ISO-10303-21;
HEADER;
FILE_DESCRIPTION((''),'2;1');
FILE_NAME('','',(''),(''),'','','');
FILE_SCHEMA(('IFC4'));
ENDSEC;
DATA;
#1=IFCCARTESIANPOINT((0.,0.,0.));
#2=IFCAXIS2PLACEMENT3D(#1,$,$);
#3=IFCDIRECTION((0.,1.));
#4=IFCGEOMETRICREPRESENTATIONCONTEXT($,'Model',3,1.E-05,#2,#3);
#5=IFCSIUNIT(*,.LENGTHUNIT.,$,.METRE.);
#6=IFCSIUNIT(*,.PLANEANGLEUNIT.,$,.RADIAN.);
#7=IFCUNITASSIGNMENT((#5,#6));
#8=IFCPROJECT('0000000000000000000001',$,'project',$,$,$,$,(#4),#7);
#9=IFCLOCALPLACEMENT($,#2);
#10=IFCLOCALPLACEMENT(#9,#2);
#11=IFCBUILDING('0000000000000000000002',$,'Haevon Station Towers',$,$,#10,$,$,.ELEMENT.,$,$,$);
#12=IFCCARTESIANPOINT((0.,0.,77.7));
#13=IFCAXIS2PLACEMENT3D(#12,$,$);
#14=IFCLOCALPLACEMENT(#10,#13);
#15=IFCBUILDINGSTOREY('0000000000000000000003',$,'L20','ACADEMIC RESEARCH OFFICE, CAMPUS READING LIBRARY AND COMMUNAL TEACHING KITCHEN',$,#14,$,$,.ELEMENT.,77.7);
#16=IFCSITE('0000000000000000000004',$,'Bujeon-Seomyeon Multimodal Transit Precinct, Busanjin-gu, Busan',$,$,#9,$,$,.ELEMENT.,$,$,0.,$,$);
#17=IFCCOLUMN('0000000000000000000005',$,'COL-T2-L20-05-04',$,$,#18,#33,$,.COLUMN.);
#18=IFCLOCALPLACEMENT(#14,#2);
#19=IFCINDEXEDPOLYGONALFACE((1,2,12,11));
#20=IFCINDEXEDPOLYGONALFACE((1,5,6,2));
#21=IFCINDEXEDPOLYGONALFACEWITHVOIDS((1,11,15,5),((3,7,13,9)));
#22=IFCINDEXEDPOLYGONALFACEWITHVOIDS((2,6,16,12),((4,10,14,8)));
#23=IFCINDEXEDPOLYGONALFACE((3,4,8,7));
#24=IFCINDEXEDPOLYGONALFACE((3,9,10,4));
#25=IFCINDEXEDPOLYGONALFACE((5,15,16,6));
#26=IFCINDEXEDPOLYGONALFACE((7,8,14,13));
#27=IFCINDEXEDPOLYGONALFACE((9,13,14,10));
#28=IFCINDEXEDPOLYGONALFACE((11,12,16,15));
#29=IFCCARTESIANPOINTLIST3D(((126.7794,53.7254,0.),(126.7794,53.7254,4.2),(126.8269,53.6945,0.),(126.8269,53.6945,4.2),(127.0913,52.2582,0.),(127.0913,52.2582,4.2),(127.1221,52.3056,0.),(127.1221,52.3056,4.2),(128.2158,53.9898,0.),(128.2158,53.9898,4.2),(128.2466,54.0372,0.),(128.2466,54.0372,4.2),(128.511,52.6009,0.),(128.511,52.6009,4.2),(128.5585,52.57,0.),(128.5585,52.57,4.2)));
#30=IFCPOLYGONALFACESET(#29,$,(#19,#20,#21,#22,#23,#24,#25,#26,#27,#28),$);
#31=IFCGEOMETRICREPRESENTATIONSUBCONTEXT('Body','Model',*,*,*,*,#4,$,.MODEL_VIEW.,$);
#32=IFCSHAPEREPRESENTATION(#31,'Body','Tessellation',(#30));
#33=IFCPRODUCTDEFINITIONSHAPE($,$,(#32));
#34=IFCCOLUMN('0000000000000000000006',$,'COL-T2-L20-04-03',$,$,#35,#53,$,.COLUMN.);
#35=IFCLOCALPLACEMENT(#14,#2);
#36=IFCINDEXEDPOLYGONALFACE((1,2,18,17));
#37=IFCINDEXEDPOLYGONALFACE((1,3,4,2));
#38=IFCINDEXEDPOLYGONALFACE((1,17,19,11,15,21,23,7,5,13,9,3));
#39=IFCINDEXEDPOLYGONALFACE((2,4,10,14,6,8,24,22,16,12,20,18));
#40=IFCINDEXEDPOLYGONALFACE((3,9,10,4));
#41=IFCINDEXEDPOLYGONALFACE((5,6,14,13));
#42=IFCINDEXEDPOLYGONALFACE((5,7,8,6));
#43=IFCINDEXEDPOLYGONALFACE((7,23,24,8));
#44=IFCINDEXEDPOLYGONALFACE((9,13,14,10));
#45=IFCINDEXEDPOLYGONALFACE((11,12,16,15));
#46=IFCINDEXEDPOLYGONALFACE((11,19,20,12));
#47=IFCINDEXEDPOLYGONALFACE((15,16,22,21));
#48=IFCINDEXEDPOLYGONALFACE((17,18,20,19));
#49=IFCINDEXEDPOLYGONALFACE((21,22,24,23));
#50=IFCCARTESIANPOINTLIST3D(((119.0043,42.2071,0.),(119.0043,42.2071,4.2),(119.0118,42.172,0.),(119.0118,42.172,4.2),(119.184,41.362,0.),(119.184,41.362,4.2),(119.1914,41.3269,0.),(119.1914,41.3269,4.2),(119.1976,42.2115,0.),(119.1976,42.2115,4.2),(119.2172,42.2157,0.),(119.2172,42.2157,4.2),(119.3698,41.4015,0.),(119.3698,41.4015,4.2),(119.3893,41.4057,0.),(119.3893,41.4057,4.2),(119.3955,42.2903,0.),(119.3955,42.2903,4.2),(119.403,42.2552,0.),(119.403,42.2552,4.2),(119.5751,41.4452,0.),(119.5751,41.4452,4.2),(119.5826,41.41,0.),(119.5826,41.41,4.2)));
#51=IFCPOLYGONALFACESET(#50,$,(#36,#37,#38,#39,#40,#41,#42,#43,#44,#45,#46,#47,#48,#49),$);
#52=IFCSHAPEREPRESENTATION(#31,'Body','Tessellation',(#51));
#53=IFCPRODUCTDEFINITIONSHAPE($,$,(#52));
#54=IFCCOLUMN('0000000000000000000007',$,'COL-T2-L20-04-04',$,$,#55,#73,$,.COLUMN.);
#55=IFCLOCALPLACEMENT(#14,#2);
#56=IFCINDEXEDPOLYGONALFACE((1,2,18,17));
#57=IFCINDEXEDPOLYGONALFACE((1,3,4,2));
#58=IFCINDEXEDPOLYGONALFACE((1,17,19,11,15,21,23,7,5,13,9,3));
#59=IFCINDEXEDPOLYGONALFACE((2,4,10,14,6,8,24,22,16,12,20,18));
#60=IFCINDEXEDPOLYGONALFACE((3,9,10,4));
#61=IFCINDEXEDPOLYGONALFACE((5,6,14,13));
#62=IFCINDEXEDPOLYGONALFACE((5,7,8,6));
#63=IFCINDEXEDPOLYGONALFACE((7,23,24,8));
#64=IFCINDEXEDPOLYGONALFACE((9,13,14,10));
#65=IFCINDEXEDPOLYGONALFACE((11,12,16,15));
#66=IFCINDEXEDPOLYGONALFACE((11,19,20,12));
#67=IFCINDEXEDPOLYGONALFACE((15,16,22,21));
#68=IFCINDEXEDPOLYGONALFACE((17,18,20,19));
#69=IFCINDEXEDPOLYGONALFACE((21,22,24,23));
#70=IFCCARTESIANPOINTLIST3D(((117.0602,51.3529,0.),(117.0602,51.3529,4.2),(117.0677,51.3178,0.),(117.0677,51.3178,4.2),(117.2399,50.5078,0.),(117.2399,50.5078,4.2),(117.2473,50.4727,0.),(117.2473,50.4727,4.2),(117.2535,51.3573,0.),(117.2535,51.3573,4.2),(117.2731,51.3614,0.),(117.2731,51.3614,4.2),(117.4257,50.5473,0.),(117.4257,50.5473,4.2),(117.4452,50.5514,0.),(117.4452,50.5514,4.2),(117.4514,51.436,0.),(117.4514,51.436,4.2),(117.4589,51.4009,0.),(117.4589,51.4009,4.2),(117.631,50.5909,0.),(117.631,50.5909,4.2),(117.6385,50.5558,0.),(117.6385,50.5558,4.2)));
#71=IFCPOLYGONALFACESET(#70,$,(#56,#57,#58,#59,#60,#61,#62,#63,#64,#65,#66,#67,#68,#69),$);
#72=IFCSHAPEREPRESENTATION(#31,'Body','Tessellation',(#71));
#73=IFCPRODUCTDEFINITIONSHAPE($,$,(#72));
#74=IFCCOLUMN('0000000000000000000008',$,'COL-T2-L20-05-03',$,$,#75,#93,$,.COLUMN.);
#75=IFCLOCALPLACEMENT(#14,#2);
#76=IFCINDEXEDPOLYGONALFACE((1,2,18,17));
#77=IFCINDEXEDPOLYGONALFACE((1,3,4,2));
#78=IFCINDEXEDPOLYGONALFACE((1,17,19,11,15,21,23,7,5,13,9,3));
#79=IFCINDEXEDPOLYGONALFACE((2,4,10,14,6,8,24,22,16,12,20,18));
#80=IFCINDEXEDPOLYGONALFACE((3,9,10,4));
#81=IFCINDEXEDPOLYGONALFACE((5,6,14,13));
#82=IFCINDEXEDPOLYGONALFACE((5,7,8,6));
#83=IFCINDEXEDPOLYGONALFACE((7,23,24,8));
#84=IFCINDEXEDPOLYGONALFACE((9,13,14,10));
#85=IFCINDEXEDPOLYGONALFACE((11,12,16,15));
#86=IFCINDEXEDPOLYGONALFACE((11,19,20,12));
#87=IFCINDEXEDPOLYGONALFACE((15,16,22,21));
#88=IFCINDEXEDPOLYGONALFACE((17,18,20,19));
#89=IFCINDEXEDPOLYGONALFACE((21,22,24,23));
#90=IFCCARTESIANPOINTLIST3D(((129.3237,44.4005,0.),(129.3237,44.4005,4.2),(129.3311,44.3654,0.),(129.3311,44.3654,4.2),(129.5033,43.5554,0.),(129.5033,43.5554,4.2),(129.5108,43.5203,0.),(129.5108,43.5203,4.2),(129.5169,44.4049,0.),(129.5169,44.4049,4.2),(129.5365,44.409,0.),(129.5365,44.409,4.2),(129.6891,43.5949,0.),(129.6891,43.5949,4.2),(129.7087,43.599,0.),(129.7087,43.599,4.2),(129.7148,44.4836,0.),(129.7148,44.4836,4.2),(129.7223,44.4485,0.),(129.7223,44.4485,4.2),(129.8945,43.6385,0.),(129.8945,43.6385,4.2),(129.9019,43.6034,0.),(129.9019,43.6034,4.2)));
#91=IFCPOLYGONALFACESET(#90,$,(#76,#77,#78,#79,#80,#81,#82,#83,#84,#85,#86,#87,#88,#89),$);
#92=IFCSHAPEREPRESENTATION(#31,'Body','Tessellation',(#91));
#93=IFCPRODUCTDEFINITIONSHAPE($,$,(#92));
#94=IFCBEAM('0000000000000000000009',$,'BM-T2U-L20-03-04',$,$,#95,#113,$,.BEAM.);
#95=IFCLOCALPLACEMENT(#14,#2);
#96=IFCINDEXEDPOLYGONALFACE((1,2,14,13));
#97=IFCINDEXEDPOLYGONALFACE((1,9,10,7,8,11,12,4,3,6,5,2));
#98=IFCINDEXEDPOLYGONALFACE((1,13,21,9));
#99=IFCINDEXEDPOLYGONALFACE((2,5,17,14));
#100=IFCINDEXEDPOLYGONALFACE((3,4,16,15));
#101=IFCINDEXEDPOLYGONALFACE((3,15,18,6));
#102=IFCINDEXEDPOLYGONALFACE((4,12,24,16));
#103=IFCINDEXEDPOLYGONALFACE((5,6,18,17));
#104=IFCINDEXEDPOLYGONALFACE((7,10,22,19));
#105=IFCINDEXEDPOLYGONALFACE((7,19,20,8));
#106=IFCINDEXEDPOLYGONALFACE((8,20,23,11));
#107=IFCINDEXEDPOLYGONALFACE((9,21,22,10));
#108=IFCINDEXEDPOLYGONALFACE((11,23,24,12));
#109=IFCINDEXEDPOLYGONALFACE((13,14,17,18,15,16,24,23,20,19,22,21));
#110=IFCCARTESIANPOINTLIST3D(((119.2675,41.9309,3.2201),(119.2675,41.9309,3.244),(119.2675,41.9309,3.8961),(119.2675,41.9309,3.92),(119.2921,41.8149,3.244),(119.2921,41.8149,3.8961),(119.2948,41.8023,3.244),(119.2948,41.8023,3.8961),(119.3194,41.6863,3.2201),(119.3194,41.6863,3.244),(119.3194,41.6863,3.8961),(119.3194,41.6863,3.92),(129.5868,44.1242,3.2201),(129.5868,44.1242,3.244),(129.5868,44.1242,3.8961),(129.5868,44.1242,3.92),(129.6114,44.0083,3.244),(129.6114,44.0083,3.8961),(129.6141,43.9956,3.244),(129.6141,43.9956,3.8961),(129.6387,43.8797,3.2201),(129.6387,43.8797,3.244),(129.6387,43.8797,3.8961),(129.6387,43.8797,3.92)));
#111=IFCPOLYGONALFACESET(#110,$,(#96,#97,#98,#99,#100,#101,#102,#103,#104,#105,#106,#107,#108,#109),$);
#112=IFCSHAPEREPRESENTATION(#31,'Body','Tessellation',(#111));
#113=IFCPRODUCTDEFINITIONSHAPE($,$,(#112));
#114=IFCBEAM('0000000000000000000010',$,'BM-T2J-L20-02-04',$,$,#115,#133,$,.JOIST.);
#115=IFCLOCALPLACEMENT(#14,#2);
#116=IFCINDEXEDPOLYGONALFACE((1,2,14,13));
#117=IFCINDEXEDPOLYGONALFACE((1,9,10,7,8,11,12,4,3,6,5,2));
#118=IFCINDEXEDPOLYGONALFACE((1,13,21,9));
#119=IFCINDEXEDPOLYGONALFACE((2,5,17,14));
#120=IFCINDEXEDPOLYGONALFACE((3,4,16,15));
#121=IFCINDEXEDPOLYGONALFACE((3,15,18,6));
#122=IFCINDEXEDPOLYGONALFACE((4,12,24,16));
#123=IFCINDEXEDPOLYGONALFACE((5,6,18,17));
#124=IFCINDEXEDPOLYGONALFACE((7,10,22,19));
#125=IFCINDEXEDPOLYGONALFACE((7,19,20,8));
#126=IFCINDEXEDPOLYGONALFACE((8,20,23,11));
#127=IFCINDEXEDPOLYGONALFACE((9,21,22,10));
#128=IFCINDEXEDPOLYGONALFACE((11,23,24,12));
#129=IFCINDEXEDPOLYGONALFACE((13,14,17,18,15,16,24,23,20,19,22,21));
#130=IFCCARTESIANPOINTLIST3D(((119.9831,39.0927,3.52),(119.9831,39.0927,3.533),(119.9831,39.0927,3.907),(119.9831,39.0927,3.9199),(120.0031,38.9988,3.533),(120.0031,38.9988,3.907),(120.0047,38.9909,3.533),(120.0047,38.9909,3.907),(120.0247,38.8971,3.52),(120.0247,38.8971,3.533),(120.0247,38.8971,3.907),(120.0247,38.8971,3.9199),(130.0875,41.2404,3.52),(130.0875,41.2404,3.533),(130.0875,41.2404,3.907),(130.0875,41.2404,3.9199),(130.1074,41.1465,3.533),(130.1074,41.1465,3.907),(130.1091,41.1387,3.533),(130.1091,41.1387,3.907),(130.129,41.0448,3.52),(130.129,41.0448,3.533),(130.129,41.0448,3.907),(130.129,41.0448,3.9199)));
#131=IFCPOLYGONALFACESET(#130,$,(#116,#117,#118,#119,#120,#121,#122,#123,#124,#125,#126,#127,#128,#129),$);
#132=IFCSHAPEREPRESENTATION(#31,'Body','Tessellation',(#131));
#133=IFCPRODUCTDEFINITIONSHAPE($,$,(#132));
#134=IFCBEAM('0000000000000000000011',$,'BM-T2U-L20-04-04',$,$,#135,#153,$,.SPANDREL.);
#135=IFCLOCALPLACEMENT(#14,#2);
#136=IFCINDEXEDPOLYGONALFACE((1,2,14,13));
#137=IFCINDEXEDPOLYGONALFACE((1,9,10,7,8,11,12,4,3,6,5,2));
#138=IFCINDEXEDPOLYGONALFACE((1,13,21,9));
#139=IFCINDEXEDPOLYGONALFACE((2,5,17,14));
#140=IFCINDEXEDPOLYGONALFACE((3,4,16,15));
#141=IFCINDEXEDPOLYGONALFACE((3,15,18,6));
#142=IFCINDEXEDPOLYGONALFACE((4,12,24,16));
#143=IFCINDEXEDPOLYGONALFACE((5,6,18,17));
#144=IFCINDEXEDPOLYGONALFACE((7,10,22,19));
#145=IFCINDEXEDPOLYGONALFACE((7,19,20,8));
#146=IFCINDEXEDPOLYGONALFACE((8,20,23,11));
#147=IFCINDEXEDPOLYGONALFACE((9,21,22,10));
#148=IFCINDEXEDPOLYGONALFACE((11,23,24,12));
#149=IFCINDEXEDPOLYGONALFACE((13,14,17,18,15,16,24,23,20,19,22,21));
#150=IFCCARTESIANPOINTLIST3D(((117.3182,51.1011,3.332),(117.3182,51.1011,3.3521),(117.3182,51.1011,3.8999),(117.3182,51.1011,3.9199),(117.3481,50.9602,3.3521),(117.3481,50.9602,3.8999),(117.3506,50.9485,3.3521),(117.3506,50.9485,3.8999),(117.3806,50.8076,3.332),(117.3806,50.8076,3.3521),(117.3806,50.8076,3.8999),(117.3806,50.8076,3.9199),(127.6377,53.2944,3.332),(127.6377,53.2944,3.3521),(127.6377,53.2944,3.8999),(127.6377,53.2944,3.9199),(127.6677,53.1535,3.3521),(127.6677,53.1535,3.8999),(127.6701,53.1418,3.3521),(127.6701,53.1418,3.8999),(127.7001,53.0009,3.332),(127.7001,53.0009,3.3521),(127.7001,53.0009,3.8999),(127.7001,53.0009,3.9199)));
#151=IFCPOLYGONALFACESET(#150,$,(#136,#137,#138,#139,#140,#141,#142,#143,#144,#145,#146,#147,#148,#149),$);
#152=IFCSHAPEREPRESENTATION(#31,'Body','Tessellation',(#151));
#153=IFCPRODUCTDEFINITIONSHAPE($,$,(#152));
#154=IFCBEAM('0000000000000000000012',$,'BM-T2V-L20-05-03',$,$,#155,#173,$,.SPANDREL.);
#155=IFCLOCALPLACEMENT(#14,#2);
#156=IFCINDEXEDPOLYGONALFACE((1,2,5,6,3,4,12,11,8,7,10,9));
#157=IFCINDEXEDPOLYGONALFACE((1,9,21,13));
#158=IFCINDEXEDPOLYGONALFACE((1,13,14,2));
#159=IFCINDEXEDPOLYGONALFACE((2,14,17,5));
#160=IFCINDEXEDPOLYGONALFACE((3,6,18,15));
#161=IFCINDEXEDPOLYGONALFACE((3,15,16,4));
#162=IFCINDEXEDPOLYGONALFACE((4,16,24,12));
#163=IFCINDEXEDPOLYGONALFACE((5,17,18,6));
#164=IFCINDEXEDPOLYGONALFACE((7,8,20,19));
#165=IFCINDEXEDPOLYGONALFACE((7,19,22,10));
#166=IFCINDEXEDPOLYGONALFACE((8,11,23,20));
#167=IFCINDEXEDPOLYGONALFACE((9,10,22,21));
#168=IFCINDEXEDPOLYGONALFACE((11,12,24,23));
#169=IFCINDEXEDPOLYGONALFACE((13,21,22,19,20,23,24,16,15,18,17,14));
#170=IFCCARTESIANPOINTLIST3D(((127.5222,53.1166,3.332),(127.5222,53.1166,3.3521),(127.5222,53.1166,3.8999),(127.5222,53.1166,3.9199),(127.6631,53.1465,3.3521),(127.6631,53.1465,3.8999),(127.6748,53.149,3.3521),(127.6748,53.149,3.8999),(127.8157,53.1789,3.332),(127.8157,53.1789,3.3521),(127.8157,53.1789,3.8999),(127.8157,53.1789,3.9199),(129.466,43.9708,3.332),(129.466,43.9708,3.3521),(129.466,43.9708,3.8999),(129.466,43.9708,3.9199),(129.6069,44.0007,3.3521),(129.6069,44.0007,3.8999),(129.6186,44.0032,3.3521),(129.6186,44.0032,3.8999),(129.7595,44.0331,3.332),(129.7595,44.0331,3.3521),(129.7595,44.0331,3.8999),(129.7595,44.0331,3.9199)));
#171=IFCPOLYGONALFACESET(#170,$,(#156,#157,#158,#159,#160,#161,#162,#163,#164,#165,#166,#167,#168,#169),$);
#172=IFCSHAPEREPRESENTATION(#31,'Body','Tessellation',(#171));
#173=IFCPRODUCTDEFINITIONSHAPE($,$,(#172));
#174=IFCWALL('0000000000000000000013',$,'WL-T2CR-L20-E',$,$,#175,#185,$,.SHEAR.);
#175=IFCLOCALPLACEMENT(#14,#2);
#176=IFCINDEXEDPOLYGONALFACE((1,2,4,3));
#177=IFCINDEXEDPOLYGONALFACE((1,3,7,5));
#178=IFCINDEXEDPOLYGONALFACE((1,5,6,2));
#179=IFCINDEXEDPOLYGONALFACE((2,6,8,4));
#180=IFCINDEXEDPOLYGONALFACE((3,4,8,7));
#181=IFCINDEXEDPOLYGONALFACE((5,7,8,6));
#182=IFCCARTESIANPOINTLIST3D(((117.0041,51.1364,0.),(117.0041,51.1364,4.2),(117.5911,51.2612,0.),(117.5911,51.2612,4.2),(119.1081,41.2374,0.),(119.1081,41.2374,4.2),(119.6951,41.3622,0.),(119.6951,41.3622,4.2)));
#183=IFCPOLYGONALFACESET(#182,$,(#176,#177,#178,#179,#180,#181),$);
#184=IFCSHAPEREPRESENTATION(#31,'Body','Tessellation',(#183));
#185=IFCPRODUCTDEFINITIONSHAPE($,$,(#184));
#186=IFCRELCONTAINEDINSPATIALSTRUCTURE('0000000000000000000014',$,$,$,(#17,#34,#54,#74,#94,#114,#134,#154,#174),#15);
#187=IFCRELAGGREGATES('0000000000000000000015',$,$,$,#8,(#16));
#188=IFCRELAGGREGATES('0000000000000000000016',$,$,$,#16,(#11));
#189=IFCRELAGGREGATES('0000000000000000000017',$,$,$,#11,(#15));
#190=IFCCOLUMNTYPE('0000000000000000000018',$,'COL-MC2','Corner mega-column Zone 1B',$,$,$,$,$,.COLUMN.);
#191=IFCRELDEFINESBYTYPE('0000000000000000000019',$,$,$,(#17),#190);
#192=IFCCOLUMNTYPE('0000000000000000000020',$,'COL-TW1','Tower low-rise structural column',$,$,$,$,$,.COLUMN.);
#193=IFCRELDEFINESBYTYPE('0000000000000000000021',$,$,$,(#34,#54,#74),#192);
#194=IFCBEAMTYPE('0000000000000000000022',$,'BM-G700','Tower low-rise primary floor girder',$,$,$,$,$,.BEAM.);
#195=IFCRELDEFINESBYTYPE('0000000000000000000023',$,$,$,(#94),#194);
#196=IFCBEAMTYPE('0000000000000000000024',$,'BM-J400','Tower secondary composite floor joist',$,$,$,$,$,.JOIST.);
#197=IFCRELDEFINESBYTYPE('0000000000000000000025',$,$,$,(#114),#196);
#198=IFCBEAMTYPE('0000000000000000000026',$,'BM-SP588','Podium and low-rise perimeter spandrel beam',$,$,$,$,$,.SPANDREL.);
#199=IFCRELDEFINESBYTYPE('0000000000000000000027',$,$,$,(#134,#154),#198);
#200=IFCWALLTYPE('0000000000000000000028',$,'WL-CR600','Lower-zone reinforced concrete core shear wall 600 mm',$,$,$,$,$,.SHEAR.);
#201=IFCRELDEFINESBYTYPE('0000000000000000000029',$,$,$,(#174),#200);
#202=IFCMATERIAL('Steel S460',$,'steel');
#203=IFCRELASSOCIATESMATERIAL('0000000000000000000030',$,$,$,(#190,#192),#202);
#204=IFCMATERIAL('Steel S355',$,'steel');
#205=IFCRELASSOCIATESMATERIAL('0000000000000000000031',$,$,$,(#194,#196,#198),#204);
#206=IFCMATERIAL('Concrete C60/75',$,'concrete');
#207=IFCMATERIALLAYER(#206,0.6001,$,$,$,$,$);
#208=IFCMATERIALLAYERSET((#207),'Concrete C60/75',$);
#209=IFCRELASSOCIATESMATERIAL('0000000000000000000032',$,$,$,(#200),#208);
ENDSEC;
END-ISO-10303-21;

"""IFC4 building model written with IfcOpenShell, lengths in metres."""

from ifc_helpers import new_model, si_unit, direction, frame, frame_2d, origin, origin_2d, place, context, subcontext, project, spatial, rectangle, hollow_rectangle, i_section, extrude, material, layer, layer_set, material_profile, profile_set, type_object, element, save


model = new_model("IFC4")

# Units and contexts
model_context = context("Model", 3, precision=1e-05, world=origin(), true_north=direction((0.0, 1.0)))
body_context = subcontext(model_context, "Body", "Model", "MODEL_VIEW")
ifc_project = project(units=[si_unit("LENGTHUNIT", "METRE"), si_unit("PLANEANGLEUNIT", "RADIAN")], contexts=[model_context])

# Site, building, storey
site_placement = place(None, origin())
site = spatial("IfcSite", under=ifc_project, at=site_placement, Name="Bujeon-Seomyeon Multimodal Transit Precinct, Busanjin-gu, Busan", CompositionType="ELEMENT", RefElevation=0.0)
building_placement = place(site_placement, origin())
building = spatial("IfcBuilding", under=site, at=building_placement, Name="Haevon Station Towers", CompositionType="ELEMENT")
storey_placement = place(building_placement, frame((0.0, 0.0, 77.7)))
storey = spatial("IfcBuildingStorey", under=building, at=storey_placement, Name="L20", Description="ACADEMIC RESEARCH OFFICE, CAMPUS READING LIBRARY AND COMMUNAL TEACHING KITCHEN", CompositionType="ELEMENT", Elevation=77.7)

# Columns
ifc_material_1 = material(Name="Steel S460", Category="steel")
ifc_material_profile_1 = material_profile(ifc_material_1, hollow_rectangle(XDim=1.5, YDim=1.5, WallThickness=0.04, at=origin_2d()), Name="BOX-1500x1500x40")
ifc_profile_set_1 = profile_set([ifc_material_profile_1], Name="Steel S460")
column_type_1 = type_object("IfcColumnType", Name="COL-MC2", Description="Corner mega-column Zone 1B", PredefinedType="COLUMN", material=ifc_profile_set_1)
column_placement = place(storey_placement, frame((127.6689, 53.1477, 0.0), z_axis=(0.0, 0.0, 1.0), x_axis=(0.978148, 0.207912, 0.0)))
element("IfcColumn", 1, at=column_placement, inside=storey, type_object=column_type_1, Name="COL-T2-L20-05-04", PredefinedType="COLUMN", context=body_context, shape_type="SweptSolid", body=[
    extrude(hollow_rectangle(XDim=1.5, YDim=1.5, WallThickness=0.04, at=origin_2d()), origin(), (0.0, 0.0, 1.0), 4.2),
])
ifc_material_profile_2 = material_profile(ifc_material_1, i_section(OverallWidth=0.3999, OverallDepth=0.8999, WebThickness=0.02, FlangeThickness=0.0359, at=origin_2d()), Name="H-900x400x20x36")
ifc_profile_set_2 = profile_set([ifc_material_profile_2], Name="Steel S460")
column_type_2 = type_object("IfcColumnType", Name="COL-TW1", Description="Tower low-rise structural column", PredefinedType="COLUMN", material=ifc_profile_set_2)
for number, where, z_axis, x_axis, name in (
    (2, (119.2935, 41.8086, 0.0), (0.0, 0.0, 1.0), (0.978148, 0.207912, 0.0), "COL-T2-L20-04-03"),
    (3, (117.3494, 50.9543, 0.0), (0.0, 0.0, 1.0), (0.978148, 0.207912, 0.0), "COL-T2-L20-04-04"),
    (4, (129.6128, 44.002, 0.0), (0.0, 0.0, 1.0), (0.978148, 0.207912, 0.0), "COL-T2-L20-05-03"),
):
    element("IfcColumn", number, at=place(storey_placement, frame(where, z_axis=z_axis, x_axis=x_axis)), inside=storey, type_object=column_type_2, Name=name, PredefinedType="COLUMN", context=body_context, shape_type="SweptSolid", body=[
        extrude(i_section(OverallWidth=0.3999, OverallDepth=0.8999, WebThickness=0.02, FlangeThickness=0.0359, at=origin_2d()), origin(), (0.0, 0.0, 1.0), 4.2),
    ])

# Beams
ifc_material_2 = material(Name="Steel S355", Category="steel")
ifc_material_profile_3 = material_profile(ifc_material_2, i_section(OverallWidth=0.25, OverallDepth=0.7, WebThickness=0.0129, FlangeThickness=0.0239, at=origin_2d()), Name="H-700x250x13x24")
ifc_profile_set_3 = profile_set([ifc_material_profile_3], Name="Steel S355")
beam_type_1 = type_object("IfcBeamType", Name="BM-G700", Description="Tower low-rise primary floor girder", PredefinedType="BEAM", material=ifc_profile_set_3)
beam_1_placement = place(storey_placement, frame((119.2935, 41.8086, 3.5701), z_axis=(0.978149, 0.207904, 0.0), x_axis=(-0.207904, 0.978149, 0.0)))
element("IfcBeam", 5, at=beam_1_placement, inside=storey, type_object=beam_type_1, Name="BM-T2U-L20-03-04", PredefinedType="BEAM", context=body_context, shape_type="SweptSolid", body=[
    extrude(i_section(OverallWidth=0.25, OverallDepth=0.7, WebThickness=0.0129, FlangeThickness=0.0239, at=origin_2d()), origin(), (0.0, 0.0, 1.0), 10.5498),
])
ifc_material_profile_4 = material_profile(ifc_material_2, i_section(OverallWidth=0.2, OverallDepth=0.3999, WebThickness=0.0081, FlangeThickness=0.0129, at=origin_2d()), Name="H-400x200x8x13")
ifc_profile_set_4 = profile_set([ifc_material_profile_4], Name="Steel S355")
beam_type_2 = type_object("IfcBeamType", Name="BM-J400", Description="Tower secondary composite floor joist", PredefinedType="JOIST", material=ifc_profile_set_4)
beam_2_placement = place(storey_placement, frame((120.0039, 38.9949, 3.72), z_axis=(0.978148, 0.20791, 0.0), x_axis=(-0.20791, 0.978148, 0.0)))
element("IfcBeam", 6, at=beam_2_placement, inside=storey, type_object=beam_type_2, Name="BM-T2J-L20-02-04", PredefinedType="JOIST", context=body_context, shape_type="SweptSolid", body=[
    extrude(i_section(OverallWidth=0.2, OverallDepth=0.3999, WebThickness=0.0081, FlangeThickness=0.0129, at=origin_2d()), origin(), (0.0, 0.0, 1.0), 10.3301),
])
ifc_material_profile_5 = material_profile(ifc_material_2, i_section(OverallWidth=0.3, OverallDepth=0.5879, WebThickness=0.012, FlangeThickness=0.02, at=origin_2d()), Name="H-588x300x12x20")
ifc_profile_set_5 = profile_set([ifc_material_profile_5], Name="Steel S355")
beam_type_3 = type_object("IfcBeamType", Name="BM-SP588", Description="Podium and low-rise perimeter spandrel beam", PredefinedType="SPANDREL", material=ifc_profile_set_5)
beam_3_placement = place(storey_placement, frame((117.3494, 50.9543, 3.626), z_axis=(0.97815, 0.207899, 0.0), x_axis=(-0.207899, 0.97815, 0.0)))
element("IfcBeam", 7, at=beam_3_placement, inside=storey, type_object=beam_type_3, Name="BM-T2U-L20-04-04", PredefinedType="SPANDREL", context=body_context, shape_type="SweptSolid", body=[
    extrude(i_section(OverallWidth=0.3, OverallDepth=0.5879, WebThickness=0.012, FlangeThickness=0.02, at=origin_2d()), origin(), (0.0, 0.0, 1.0), 10.55),
])
beam_4_placement = place(storey_placement, frame((129.6128, 44.002, 3.626), z_axis=(-0.207897, 0.978151, 0.0), x_axis=(-0.978151, -0.207897, 0.0)))
element("IfcBeam", 8, at=beam_4_placement, inside=storey, type_object=beam_type_3, Name="BM-T2V-L20-05-03", PredefinedType="SPANDREL", context=body_context, shape_type="SweptSolid", body=[
    extrude(i_section(OverallWidth=0.3, OverallDepth=0.5879, WebThickness=0.012, FlangeThickness=0.02, at=origin_2d()), origin(), (0.0, 0.0, 1.0), 9.3501),
])

# Wall
ifc_material_3 = material(Name="Concrete C60/75", Category="concrete")
ifc_layer_1 = layer(ifc_material_3, 0.6001)
ifc_layer_set_1 = layer_set([ifc_layer_1], Name="Concrete C60/75")
wall_type_1 = type_object("IfcWallType", Name="WL-CR600", Description="Lower-zone reinforced concrete core shear wall 600 mm", PredefinedType="SHEAR", material=ifc_layer_set_1)
wall_1_placement = place(storey_placement, frame((119.4016, 41.2998, 0.0), z_axis=(0.0, 0.0, 1.0), x_axis=(-0.207904, 0.978149, 0.0)))
element("IfcWall", 9, at=wall_1_placement, inside=storey, type_object=wall_type_1, Name="WL-T2CR-L20-E", PredefinedType="SHEAR", context=body_context, shape_type="SweptSolid", body=[
    extrude(rectangle(XDim=10.1201, YDim=0.6001, at=frame_2d((5.0601, 0.0))), origin(), (0.0, 0.0, 1.0), 4.2),
])

save(model, "model.ifc")
